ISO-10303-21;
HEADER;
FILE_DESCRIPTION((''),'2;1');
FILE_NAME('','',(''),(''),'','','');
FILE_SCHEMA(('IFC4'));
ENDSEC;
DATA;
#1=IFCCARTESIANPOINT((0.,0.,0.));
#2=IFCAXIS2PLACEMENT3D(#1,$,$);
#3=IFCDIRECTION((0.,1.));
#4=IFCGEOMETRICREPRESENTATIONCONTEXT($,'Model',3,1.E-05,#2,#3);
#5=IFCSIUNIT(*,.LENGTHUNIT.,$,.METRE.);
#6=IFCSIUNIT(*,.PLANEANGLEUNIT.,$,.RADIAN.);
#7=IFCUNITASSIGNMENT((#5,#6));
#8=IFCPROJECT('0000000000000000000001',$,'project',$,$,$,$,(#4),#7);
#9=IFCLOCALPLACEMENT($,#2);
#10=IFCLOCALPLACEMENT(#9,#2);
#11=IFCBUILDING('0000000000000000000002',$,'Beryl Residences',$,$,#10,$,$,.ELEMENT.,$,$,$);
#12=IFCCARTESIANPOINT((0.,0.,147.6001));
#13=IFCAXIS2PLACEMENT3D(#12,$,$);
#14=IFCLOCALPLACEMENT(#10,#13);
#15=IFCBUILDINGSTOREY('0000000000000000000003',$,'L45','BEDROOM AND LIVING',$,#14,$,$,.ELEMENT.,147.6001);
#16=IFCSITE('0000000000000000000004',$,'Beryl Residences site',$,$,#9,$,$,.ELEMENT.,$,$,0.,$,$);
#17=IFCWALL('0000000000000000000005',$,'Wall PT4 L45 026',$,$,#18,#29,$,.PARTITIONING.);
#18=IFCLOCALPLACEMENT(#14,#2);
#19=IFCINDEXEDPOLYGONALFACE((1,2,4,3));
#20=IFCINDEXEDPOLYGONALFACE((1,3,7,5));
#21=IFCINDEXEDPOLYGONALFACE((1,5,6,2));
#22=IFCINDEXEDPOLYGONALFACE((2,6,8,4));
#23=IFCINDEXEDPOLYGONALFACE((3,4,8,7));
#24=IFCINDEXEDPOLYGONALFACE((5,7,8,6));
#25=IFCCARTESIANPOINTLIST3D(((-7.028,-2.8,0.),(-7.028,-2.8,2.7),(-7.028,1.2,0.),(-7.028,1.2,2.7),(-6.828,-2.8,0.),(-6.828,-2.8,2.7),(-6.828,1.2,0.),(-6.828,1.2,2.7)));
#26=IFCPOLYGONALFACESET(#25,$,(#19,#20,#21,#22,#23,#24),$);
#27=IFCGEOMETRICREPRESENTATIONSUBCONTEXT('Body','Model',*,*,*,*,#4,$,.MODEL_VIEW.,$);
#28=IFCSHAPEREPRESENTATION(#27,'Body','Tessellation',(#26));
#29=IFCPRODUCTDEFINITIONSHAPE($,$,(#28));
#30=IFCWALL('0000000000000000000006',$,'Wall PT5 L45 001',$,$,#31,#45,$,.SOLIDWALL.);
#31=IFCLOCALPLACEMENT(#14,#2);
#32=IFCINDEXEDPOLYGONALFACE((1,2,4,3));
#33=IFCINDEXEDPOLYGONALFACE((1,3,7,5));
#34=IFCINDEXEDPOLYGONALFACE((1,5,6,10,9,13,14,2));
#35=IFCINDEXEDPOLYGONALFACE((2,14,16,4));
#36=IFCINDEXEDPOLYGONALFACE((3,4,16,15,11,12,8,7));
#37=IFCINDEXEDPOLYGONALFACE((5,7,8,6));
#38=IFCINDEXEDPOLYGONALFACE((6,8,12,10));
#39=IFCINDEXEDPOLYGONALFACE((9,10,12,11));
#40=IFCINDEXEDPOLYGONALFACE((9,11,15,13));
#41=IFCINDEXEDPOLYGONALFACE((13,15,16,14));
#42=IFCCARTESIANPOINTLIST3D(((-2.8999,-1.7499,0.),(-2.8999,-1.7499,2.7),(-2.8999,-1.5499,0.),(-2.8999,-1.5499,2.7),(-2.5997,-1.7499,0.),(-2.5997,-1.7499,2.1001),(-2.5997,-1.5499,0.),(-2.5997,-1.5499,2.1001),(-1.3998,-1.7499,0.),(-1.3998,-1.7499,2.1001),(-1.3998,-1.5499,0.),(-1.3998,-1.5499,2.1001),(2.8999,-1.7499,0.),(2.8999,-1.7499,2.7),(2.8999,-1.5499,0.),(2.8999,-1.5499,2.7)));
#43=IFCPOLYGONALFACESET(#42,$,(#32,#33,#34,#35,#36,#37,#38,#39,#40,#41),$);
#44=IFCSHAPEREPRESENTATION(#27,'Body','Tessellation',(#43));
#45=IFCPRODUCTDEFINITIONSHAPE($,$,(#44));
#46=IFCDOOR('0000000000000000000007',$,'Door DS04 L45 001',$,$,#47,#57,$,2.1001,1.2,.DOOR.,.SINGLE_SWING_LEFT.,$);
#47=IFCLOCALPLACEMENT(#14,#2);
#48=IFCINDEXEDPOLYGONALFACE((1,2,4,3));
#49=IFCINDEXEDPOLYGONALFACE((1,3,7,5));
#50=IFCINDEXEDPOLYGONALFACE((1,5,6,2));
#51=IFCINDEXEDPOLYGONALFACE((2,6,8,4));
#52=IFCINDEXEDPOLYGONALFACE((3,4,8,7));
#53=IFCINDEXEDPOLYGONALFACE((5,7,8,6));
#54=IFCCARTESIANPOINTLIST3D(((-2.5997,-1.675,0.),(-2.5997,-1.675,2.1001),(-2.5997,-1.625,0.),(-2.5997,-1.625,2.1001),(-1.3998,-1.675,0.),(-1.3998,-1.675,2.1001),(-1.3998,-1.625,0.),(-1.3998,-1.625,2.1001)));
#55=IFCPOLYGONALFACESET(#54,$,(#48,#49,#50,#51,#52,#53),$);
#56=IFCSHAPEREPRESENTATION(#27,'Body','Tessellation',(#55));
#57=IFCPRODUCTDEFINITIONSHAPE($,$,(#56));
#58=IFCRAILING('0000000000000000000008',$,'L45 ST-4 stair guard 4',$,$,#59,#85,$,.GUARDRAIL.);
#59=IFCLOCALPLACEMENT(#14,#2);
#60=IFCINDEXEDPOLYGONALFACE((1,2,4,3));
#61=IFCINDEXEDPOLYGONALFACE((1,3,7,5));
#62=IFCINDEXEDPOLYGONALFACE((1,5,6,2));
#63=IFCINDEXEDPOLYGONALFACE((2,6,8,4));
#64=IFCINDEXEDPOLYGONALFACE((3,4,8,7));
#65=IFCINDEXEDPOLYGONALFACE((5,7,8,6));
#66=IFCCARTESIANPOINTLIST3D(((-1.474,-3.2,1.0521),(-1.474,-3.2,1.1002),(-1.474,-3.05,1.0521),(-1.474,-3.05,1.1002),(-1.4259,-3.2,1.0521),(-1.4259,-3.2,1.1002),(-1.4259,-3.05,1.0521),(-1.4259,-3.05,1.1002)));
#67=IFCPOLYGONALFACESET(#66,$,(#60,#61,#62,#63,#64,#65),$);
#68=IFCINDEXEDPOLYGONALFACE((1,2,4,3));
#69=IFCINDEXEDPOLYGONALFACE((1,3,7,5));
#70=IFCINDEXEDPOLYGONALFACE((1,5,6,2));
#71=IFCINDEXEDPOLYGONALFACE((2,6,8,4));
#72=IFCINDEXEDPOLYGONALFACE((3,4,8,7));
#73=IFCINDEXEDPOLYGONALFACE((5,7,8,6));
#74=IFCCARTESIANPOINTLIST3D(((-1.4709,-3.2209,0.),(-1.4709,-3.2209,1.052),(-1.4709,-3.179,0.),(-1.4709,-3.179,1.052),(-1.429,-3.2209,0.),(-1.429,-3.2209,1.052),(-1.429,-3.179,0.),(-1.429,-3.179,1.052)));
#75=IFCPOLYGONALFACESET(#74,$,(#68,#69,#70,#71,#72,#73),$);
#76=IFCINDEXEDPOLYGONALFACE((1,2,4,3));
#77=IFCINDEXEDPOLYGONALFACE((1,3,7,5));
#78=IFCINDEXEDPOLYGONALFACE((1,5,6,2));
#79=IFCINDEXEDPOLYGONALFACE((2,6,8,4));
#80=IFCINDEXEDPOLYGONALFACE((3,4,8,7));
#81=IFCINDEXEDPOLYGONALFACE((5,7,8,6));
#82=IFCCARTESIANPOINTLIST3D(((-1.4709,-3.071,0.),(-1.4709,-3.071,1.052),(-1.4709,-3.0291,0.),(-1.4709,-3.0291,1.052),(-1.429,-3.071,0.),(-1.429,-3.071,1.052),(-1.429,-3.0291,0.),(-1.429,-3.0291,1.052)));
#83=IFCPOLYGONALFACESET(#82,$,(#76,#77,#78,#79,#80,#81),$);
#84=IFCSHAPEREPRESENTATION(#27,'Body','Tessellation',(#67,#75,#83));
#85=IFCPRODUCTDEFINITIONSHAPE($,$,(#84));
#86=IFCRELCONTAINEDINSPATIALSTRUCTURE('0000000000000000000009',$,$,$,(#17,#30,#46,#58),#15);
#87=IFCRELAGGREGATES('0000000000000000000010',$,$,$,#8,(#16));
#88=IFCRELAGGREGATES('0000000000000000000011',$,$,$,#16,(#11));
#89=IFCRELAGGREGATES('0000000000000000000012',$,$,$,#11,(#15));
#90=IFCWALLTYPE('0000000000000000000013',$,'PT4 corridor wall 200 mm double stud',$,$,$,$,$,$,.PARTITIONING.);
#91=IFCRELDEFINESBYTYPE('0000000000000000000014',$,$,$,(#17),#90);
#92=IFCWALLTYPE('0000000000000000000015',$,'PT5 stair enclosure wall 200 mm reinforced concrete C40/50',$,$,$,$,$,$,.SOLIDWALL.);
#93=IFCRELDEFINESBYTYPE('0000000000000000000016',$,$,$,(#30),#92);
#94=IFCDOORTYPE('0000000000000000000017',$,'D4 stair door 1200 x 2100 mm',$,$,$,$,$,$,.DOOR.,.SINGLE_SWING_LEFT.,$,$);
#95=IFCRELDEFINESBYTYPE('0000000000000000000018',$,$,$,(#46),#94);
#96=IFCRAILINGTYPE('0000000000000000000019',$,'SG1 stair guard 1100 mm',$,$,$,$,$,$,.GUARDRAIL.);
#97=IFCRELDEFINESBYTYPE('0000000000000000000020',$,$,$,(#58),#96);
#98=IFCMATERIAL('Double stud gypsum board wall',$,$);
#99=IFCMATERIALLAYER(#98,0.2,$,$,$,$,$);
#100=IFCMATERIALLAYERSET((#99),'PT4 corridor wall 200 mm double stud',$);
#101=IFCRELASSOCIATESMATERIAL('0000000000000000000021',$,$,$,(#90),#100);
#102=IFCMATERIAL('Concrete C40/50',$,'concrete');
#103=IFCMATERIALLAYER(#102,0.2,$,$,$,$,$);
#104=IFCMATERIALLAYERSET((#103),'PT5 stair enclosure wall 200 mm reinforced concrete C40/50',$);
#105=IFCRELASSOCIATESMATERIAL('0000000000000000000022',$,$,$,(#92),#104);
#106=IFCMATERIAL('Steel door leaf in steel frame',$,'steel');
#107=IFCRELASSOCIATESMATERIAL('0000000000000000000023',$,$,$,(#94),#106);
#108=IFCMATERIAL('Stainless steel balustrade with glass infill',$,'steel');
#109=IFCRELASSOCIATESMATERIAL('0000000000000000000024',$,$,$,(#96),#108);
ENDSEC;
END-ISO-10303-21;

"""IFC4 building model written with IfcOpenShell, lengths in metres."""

from ifc_helpers import new_model, si_unit, direction, frame, frame_2d, origin, origin_2d, place, context, subcontext, project, spatial, rectangle, extrude, material, layer, layer_set, type_object, element, fill, save


model = new_model("IFC4")

# Units and contexts
model_context = context("Model", 3, precision=1e-05, world=origin(), true_north=direction((0.0, 1.0)))
body_context = subcontext(model_context, "Body", "Model", "MODEL_VIEW")
ifc_project = project(units=[si_unit("LENGTHUNIT", "METRE"), si_unit("PLANEANGLEUNIT", "RADIAN")], contexts=[model_context])

# Site, building, storey
site_placement = place(None, origin())
site = spatial("IfcSite", under=ifc_project, at=site_placement, Name="Beryl Residences site", CompositionType="ELEMENT", RefElevation=0.0)
building_placement = place(site_placement, origin())
building = spatial("IfcBuilding", under=site, at=building_placement, Name="Beryl Residences", CompositionType="ELEMENT")
storey_placement = place(building_placement, frame((0.0, 0.0, 147.6001)))
storey = spatial("IfcBuildingStorey", under=building, at=storey_placement, Name="L45", Description="BEDROOM AND LIVING", CompositionType="ELEMENT", Elevation=147.6001)

# Shared definitions
ifc_material_1 = material(Name="Double stud gypsum board wall")
ifc_layer_1 = layer(ifc_material_1, 0.2)
ifc_layer_set_1 = layer_set([ifc_layer_1], Name="PT4 corridor wall 200 mm double stud")
wall_type_1 = type_object("IfcWallType", Name="PT4 corridor wall 200 mm double stud", PredefinedType="PARTITIONING", material=ifc_layer_set_1)

# Wall
wall_1_placement = place(storey_placement, frame((-6.928, -2.8, 0.0), z_axis=(0.0, 0.0, 1.0), x_axis=(0.0, 1.0, 0.0)))
element("IfcWall", 1, at=wall_1_placement, inside=storey, type_object=wall_type_1, Name="Wall PT4 L45 026", PredefinedType="PARTITIONING", context=body_context, shape_type="SweptSolid", body=[
    extrude(rectangle(XDim=4.0, YDim=0.2, at=frame_2d((2.0, 0.0))), origin(), (0.0, 0.0, 1.0), 2.7),
])

# Wall, opening, door
ifc_material_2 = material(Name="Concrete C40/50", Category="concrete")
ifc_layer_2 = layer(ifc_material_2, 0.2)
ifc_layer_set_2 = layer_set([ifc_layer_2], Name="PT5 stair enclosure wall 200 mm reinforced concrete C40/50")
wall_type_2 = type_object("IfcWallType", Name="PT5 stair enclosure wall 200 mm reinforced concrete C40/50", PredefinedType="SOLIDWALL", material=ifc_layer_set_2)
wall_2_placement = place(storey_placement, frame((-2.8999, -1.6499, 0.0), z_axis=(0.0, 0.0, 1.0), x_axis=(1.0, 0.0, 0.0)))
wall_2 = element("IfcWall", 2, at=wall_2_placement, inside=storey, type_object=wall_type_2, Name="Wall PT5 L45 001", PredefinedType="SOLIDWALL", context=body_context, shape_type="SweptSolid", body=[
    extrude(rectangle(XDim=5.7998, YDim=0.2, at=frame_2d((2.8999, 0.0))), origin(), (0.0, 0.0, 1.0), 2.7),
])
opening_1_placement = place(wall_2_placement, frame((0.3, 0.0, 0.0)))
opening_1 = element("IfcOpeningElement", 3, at=opening_1_placement, cuts=wall_2, PredefinedType="OPENING", context=body_context, shape_type="SweptSolid", body=[
    extrude(rectangle(XDim=1.2, YDim=2.1001, at=frame_2d((0.6001, 1.05))), frame((0.0, 0.1099, 0.0), z_axis=(0.0, -1.0, 0.0), x_axis=(1.0, 0.0, 0.0)), (0.0, 0.0, 1.0), 0.22),
])
ifc_material_3 = material(Name="Steel door leaf in steel frame", Category="steel")
door_type_1 = type_object("IfcDoorType", Name="D4 stair door 1200 x 2100 mm", OperationType="SINGLE_SWING_LEFT", PredefinedType="DOOR", material=ifc_material_3)
door_1_placement = place(opening_1_placement, origin())
door_1 = element("IfcDoor", 4, at=door_1_placement, inside=storey, type_object=door_type_1, Name="Door DS04 L45 001", OperationType="SINGLE_SWING_LEFT", OverallHeight=2.1001, OverallWidth=1.2, PredefinedType="DOOR", context=body_context, shape_type="SweptSolid", body=[
    extrude(rectangle(XDim=1.2, YDim=2.1001, at=frame_2d((0.6001, 1.05))), frame((0.0, 0.0249, 0.0), z_axis=(0.0, -1.0, 0.0), x_axis=(1.0, 0.0, 0.0)), (0.0, 0.0, 1.0), 0.05),
])
fill(opening_1, door_1)

# Railing
ifc_material_4 = material(Name="Stainless steel balustrade with glass infill", Category="steel")
railing_type = type_object("IfcRailingType", Name="SG1 stair guard 1100 mm", PredefinedType="GUARDRAIL", material=ifc_material_4)
railing_placement = place(storey_placement, frame((-1.45, -3.2, 0.0)))
element("IfcRailing", 5, at=railing_placement, inside=storey, type_object=railing_type, Name="L45 ST-4 stair guard 4", PredefinedType="GUARDRAIL", context=body_context, shape_type="SweptSolid", body=[
    extrude(rectangle(XDim=0.0481, YDim=0.0481, at=origin_2d()), frame((0.0, 0.0, 1.0762), z_axis=(0.0, 1.0, 0.0), x_axis=(-1.0, 0.0, 0.0)), (0.0, 0.0, 1.0), 0.1499),
    extrude(rectangle(XDim=0.042, YDim=0.042, at=origin_2d()), origin(), (0.0, 0.0, 1.0), 1.052),
    extrude(rectangle(XDim=0.042, YDim=0.042, at=origin_2d()), frame((0.0, 0.1499, 0.0)), (0.0, 0.0, 1.0), 1.052),
])

save(model, "model.ifc")
